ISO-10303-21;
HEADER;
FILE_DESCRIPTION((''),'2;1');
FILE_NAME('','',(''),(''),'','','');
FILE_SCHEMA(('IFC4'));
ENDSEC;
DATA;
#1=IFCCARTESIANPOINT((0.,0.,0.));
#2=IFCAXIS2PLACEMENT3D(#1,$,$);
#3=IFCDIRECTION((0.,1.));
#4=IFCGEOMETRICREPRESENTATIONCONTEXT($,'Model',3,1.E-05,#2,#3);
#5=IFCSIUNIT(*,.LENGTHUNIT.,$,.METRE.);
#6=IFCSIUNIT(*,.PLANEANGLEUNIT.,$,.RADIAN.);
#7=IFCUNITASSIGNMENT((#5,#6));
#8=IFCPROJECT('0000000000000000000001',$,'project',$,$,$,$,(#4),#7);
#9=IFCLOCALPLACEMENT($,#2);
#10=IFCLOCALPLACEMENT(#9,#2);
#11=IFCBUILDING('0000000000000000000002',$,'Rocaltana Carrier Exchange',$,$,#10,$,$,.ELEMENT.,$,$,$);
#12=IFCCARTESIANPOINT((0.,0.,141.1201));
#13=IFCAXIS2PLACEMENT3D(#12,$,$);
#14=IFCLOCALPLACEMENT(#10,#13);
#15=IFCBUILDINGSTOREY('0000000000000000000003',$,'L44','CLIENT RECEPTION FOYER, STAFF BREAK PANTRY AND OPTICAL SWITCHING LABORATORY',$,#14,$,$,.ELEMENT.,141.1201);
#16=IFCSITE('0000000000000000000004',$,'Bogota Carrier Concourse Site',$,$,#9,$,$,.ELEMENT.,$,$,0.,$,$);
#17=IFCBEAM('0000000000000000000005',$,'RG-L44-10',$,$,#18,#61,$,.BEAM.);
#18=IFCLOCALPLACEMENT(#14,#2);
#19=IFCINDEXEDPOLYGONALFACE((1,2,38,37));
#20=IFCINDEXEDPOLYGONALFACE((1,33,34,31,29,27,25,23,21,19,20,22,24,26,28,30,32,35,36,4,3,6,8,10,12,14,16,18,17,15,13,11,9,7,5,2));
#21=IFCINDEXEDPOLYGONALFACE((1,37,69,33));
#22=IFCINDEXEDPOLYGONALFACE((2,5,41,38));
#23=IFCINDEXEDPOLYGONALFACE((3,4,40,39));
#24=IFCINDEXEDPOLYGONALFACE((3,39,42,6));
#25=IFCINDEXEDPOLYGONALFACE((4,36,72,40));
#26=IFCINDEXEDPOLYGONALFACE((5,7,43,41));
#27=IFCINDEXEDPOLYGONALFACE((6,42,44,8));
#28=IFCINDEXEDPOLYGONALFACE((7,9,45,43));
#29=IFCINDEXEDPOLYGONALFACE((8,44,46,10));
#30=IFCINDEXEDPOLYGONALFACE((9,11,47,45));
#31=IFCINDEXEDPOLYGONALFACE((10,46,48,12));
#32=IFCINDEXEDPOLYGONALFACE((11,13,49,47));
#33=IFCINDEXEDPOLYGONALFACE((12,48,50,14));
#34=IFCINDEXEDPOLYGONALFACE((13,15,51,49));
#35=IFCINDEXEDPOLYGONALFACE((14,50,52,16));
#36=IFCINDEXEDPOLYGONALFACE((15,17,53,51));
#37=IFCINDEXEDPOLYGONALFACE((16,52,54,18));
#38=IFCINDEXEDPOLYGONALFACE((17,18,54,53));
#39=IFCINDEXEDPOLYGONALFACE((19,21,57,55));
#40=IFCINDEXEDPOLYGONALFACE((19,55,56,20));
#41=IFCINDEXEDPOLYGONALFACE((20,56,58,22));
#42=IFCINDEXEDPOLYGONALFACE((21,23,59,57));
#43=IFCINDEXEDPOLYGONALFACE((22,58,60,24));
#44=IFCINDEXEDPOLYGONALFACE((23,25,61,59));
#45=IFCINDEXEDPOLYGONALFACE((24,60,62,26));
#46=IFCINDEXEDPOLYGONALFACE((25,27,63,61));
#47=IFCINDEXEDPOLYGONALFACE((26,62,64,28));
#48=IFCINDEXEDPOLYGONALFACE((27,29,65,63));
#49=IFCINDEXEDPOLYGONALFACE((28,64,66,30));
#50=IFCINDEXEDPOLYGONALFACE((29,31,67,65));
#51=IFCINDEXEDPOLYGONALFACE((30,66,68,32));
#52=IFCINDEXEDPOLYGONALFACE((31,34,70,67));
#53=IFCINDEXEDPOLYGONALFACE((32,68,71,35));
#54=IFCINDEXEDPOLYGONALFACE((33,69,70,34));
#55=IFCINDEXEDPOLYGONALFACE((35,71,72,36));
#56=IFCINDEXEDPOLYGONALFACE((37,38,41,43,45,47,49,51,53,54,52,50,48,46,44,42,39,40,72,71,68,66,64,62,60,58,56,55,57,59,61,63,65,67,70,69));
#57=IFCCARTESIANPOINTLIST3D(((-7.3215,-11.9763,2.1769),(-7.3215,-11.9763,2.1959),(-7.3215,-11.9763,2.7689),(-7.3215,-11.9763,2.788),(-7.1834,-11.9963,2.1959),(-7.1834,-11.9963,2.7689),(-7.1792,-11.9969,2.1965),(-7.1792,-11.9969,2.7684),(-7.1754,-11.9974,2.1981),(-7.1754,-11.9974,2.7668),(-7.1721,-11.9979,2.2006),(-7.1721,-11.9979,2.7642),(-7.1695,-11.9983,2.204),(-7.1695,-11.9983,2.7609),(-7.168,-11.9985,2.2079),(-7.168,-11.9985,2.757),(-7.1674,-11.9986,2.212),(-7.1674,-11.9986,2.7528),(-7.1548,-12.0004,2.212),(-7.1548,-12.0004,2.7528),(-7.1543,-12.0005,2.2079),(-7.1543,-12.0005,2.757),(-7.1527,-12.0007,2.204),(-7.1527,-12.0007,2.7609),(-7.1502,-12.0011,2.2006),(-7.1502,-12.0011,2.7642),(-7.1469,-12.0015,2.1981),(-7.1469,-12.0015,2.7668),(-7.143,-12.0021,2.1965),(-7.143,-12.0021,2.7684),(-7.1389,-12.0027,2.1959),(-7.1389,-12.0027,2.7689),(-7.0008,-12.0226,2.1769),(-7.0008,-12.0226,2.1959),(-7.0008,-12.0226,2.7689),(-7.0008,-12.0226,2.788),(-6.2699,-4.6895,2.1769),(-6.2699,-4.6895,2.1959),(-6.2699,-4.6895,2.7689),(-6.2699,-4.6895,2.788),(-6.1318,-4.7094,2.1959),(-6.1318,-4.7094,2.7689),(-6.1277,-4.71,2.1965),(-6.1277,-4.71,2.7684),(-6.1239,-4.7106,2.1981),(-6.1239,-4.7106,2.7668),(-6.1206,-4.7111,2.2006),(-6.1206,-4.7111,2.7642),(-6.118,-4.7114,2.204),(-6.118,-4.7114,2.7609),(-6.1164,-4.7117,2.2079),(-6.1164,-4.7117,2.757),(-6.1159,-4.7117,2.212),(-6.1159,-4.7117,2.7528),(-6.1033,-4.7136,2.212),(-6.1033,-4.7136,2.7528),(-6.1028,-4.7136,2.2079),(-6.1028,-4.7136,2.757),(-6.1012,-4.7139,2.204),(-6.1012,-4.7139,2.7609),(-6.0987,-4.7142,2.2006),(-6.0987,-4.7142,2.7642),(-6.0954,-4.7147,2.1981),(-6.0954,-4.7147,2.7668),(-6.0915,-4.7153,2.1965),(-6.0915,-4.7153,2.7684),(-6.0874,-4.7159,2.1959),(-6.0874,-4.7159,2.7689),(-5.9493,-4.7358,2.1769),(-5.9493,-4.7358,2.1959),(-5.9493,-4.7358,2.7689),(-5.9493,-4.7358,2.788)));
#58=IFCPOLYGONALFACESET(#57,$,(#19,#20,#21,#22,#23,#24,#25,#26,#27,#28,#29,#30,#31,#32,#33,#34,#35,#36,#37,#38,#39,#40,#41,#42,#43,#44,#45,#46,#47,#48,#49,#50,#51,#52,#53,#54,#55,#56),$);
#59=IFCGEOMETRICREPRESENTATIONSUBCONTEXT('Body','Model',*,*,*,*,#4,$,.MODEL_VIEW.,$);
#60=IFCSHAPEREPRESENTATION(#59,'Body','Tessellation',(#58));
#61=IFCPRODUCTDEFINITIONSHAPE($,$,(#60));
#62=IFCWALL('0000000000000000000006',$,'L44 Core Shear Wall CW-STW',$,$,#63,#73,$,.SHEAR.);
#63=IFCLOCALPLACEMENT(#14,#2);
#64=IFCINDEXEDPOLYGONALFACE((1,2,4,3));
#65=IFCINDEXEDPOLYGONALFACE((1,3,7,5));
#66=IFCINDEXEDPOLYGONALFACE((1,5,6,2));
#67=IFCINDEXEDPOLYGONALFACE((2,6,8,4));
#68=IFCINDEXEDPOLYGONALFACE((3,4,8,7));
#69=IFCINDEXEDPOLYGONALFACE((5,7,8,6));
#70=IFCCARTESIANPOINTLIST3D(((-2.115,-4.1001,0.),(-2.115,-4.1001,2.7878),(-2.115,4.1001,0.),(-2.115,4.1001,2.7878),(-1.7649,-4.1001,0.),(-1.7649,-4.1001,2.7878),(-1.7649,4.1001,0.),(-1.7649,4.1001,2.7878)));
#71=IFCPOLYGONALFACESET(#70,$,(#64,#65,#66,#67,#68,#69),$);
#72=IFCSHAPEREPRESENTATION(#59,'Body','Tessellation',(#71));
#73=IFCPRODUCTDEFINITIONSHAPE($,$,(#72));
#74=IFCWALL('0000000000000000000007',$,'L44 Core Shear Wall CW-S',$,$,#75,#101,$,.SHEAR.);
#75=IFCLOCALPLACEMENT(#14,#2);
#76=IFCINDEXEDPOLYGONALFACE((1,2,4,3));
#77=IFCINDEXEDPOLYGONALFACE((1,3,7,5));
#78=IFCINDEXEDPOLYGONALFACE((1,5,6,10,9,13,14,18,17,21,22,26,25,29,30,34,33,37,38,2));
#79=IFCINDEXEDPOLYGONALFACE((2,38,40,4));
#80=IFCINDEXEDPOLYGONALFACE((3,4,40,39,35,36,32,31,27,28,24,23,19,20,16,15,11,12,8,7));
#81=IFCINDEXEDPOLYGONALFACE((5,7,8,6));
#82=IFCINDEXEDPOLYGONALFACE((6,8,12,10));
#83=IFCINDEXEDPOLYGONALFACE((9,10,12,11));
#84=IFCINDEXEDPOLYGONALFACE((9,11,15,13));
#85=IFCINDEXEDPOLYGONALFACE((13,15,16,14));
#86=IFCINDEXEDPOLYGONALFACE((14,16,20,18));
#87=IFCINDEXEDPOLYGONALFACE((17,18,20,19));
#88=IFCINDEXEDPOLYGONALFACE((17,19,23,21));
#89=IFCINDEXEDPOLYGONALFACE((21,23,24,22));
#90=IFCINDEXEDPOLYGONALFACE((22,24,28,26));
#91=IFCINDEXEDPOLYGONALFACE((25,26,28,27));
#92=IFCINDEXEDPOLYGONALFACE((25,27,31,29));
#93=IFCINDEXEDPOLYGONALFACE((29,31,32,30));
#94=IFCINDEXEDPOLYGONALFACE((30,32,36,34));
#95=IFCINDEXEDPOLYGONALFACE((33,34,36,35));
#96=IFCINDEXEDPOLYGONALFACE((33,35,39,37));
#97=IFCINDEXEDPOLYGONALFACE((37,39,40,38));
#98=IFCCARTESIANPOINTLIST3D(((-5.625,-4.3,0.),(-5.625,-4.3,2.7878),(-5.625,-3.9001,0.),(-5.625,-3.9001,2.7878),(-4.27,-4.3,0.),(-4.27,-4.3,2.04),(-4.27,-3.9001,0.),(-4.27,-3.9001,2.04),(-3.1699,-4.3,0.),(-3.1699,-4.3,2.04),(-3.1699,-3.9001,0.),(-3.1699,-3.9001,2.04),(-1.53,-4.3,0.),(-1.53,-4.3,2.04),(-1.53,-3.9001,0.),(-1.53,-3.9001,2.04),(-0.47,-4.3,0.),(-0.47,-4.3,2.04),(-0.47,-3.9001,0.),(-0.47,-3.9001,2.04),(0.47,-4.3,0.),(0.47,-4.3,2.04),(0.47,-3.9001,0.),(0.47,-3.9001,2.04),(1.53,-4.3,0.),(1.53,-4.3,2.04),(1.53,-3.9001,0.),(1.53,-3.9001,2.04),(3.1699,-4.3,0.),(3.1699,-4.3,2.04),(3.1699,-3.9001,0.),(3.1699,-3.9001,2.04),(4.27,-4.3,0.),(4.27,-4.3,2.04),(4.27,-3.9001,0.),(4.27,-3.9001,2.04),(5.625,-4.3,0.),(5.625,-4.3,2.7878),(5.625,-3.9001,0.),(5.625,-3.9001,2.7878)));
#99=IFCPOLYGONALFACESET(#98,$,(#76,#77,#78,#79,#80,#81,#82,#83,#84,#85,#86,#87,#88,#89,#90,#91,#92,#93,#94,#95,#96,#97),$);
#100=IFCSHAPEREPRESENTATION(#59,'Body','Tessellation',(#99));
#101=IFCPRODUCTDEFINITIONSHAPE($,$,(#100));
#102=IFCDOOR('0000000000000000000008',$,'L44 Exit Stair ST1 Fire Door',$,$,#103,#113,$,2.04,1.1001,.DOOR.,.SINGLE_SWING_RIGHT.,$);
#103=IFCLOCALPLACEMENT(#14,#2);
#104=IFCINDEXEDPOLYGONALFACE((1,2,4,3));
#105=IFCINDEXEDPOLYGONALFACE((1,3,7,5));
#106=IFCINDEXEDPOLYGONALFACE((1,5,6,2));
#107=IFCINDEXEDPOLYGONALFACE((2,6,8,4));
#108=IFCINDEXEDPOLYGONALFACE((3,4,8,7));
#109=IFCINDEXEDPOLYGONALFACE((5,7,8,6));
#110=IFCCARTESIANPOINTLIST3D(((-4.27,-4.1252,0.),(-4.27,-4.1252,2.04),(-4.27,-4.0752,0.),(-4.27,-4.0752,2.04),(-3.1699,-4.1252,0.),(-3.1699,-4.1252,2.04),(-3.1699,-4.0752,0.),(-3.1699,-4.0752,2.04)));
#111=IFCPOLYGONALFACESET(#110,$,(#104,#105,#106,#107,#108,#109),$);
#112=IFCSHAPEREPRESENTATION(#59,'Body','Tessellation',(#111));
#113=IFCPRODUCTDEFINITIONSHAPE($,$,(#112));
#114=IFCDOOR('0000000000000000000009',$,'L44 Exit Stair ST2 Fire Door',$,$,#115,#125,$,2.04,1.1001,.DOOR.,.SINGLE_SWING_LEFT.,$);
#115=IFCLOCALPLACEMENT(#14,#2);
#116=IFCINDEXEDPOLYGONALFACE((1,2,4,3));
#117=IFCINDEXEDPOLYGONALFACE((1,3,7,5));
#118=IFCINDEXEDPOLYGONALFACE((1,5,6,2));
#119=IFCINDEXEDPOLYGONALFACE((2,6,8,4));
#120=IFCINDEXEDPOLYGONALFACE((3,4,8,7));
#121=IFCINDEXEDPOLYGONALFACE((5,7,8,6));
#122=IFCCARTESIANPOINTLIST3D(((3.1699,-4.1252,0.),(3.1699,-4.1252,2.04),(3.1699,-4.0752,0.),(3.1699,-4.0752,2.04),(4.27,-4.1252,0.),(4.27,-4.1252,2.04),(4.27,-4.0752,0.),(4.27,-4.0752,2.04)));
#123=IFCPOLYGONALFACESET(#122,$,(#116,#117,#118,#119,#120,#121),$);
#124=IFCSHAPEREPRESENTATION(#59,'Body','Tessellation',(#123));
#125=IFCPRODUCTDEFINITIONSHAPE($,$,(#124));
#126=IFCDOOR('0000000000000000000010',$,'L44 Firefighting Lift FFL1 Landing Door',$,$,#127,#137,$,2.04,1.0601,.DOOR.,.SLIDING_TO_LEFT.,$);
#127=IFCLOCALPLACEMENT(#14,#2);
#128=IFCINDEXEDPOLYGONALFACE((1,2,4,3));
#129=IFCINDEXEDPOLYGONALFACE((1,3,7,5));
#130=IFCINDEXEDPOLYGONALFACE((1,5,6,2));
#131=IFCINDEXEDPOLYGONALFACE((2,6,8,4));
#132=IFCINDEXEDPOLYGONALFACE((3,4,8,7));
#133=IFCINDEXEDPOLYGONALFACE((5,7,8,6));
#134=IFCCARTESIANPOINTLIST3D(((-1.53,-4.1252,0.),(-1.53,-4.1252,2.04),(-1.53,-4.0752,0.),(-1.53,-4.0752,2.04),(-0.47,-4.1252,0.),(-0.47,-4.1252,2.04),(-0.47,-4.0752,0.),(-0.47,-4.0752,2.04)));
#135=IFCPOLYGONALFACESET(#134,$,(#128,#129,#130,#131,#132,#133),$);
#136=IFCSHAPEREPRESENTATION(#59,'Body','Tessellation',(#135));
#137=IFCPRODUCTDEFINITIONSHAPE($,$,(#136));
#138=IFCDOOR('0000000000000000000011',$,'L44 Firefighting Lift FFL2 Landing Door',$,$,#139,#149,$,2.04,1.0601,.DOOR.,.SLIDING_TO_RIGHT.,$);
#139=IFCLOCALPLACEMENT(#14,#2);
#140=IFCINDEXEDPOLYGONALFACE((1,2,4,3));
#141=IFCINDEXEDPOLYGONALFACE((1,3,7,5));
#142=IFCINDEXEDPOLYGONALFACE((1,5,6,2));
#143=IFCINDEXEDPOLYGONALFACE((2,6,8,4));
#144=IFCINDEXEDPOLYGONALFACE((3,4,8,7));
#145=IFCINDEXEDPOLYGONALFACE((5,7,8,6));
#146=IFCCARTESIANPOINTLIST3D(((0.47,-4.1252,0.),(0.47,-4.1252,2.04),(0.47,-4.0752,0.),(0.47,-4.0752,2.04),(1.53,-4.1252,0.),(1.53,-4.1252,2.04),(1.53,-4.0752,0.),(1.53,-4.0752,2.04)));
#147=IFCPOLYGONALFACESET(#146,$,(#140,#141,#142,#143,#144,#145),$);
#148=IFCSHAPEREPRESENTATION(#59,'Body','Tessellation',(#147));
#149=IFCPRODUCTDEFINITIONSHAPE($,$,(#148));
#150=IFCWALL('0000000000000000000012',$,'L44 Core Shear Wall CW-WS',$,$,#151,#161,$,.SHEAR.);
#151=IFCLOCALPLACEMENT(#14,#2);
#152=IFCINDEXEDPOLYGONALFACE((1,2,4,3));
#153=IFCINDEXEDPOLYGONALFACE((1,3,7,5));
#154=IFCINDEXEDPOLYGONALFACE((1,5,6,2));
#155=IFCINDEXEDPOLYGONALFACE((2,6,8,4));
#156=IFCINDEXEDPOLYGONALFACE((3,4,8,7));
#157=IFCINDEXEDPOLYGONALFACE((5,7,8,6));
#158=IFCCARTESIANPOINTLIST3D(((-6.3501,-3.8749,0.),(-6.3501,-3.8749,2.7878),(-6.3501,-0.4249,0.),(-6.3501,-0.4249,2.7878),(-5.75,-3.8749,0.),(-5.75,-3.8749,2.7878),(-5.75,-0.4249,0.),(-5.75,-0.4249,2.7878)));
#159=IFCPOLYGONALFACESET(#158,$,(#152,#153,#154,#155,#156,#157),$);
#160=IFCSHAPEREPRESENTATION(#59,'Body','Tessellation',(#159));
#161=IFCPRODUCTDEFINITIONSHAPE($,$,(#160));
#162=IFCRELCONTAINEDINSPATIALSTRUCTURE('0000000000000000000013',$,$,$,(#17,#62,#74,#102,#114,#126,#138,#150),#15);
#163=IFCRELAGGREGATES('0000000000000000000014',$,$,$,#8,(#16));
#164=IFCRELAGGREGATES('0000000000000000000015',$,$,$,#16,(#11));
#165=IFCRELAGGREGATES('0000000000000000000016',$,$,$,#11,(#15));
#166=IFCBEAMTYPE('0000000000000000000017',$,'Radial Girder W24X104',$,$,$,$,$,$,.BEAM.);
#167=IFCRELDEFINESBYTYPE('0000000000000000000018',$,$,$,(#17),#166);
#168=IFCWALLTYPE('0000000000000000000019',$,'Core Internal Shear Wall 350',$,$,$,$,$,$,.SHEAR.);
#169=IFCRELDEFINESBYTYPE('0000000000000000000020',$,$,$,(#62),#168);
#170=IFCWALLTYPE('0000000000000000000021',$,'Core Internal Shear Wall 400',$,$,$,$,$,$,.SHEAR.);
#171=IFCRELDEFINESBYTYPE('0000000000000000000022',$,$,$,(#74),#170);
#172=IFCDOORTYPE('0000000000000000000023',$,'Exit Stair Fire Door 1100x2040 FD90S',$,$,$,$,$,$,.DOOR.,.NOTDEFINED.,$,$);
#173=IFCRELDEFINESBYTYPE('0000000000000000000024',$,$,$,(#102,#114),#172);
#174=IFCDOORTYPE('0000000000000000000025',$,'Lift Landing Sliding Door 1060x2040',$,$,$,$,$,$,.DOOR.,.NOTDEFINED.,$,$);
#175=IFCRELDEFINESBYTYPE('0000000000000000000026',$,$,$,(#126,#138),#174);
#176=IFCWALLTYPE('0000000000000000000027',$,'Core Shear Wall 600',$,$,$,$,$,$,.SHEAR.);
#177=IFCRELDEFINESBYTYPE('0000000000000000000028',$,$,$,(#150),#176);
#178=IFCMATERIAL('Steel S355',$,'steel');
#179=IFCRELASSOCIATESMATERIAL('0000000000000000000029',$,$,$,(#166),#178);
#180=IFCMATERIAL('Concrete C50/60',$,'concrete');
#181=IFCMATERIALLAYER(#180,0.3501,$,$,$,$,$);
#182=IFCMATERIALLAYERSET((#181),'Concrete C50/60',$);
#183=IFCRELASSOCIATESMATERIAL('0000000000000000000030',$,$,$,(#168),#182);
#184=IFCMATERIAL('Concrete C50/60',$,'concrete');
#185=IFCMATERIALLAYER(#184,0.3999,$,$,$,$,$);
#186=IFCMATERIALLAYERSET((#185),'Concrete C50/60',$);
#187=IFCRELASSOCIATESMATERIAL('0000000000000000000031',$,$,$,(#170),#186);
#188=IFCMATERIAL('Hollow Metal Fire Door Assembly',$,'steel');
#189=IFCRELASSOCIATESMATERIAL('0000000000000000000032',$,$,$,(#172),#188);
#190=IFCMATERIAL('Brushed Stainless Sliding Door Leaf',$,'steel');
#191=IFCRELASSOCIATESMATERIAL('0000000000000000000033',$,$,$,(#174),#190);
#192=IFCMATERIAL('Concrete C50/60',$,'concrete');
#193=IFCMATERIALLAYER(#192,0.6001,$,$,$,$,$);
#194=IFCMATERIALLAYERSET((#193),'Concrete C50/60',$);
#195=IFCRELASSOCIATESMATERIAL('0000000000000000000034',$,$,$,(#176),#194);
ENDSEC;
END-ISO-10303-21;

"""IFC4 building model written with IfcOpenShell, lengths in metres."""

from ifc_helpers import new_model, si_unit, direction, frame, frame_2d, origin, origin_2d, place, context, subcontext, project, spatial, rectangle, i_section, extrude, material, layer, layer_set, material_profile, profile_set, type_object, element, fill, save


model = new_model("IFC4")

# Units and contexts
model_context = context("Model", 3, precision=1e-05, world=origin(), true_north=direction((0.0, 1.0)))
body_context = subcontext(model_context, "Body", "Model", "MODEL_VIEW")
ifc_project = project(units=[si_unit("LENGTHUNIT", "METRE"), si_unit("PLANEANGLEUNIT", "RADIAN")], contexts=[model_context])

# Site, building, storey
site_placement = place(None, origin())
site = spatial("IfcSite", under=ifc_project, at=site_placement, Name="Bogota Carrier Concourse Site", CompositionType="ELEMENT", RefElevation=0.0)
building_placement = place(site_placement, origin())
building = spatial("IfcBuilding", under=site, at=building_placement, Name="Rocaltana Carrier Exchange", CompositionType="ELEMENT")
storey_placement = place(building_placement, frame((0.0, 0.0, 141.1201)))
storey = spatial("IfcBuildingStorey", under=building, at=storey_placement, Name="L44", Description="CLIENT RECEPTION FOYER, STAFF BREAK PANTRY AND OPTICAL SWITCHING LABORATORY", CompositionType="ELEMENT", Elevation=141.1201)

# Beam
ifc_material_1 = material(Name="Steel S355", Category="steel")
ifc_material_profile_1 = material_profile(ifc_material_1, i_section(OverallWidth=0.324, OverallDepth=0.6111, WebThickness=0.0127, FlangeThickness=0.019, FilletRadius=0.0161, at=origin_2d()), Name="W24X104")
ifc_profile_set_1 = profile_set([ifc_material_profile_1], Name="Steel S355")
beam_type = type_object("IfcBeamType", Name="Radial Girder W24X104", PredefinedType="BEAM", material=ifc_profile_set_1)
beam_1_placement = place(storey_placement, frame((-6.1096, -4.7126, 2.4824), z_axis=(-0.142823, -0.989748, 0.0), x_axis=(0.989748, -0.142823, 0.0)))
element("IfcBeam", 1, at=beam_1_placement, inside=storey, type_object=beam_type, Name="RG-L44-10", PredefinedType="BEAM", context=body_context, shape_type="SweptSolid", body=[
    extrude(i_section(OverallWidth=0.324, OverallDepth=0.6111, WebThickness=0.0127, FlangeThickness=0.019, FilletRadius=0.0161, at=origin_2d()), origin(), (0.0, 0.0, 1.0), 7.3623),
])

# Wall
ifc_material_2 = material(Name="Concrete C50/60", Category="concrete")
ifc_layer_1 = layer(ifc_material_2, 0.3501)
ifc_layer_set_1 = layer_set([ifc_layer_1], Name="Concrete C50/60")
wall_type_1 = type_object("IfcWallType", Name="Core Internal Shear Wall 350", PredefinedType="SHEAR", material=ifc_layer_set_1)
wall_1_placement = place(storey_placement, frame((-1.9399, -4.1001, 0.0), z_axis=(0.0, 0.0, 1.0), x_axis=(0.0, 1.0, 0.0)))
element("IfcWall", 2, at=wall_1_placement, inside=storey, type_object=wall_type_1, Name="L44 Core Shear Wall CW-STW", PredefinedType="SHEAR", context=body_context, shape_type="SweptSolid", body=[
    extrude(rectangle(XDim=8.2002, YDim=0.3501, at=frame_2d((4.1001, 0.0))), origin(), (0.0, 0.0, 1.0), 2.7878),
])

# Wall, openings, doors
ifc_material_3 = material(Name="Concrete C50/60", Category="concrete")
ifc_layer_2 = layer(ifc_material_3, 0.3999)
ifc_layer_set_2 = layer_set([ifc_layer_2], Name="Concrete C50/60")
wall_type_2 = type_object("IfcWallType", Name="Core Internal Shear Wall 400", PredefinedType="SHEAR", material=ifc_layer_set_2)
wall_2_placement = place(storey_placement, frame((-5.625, -4.1001, 0.0), z_axis=(0.0, 0.0, 1.0), x_axis=(1.0, 0.0, 0.0)))
wall_2 = element("IfcWall", 3, at=wall_2_placement, inside=storey, type_object=wall_type_2, Name="L44 Core Shear Wall CW-S", PredefinedType="SHEAR", context=body_context, shape_type="SweptSolid", body=[
    extrude(rectangle(XDim=11.25, YDim=0.3999, at=frame_2d((5.625, 0.0))), origin(), (0.0, 0.0, 1.0), 2.7878),
])
opening_1_placement = place(wall_2_placement, frame((1.355, 0.0, 0.0)))
opening_1 = element("IfcOpeningElement", 4, at=opening_1_placement, cuts=wall_2, PredefinedType="OPENING", context=body_context, shape_type="SweptSolid", body=[
    extrude(rectangle(XDim=1.1001, YDim=2.04, at=frame_2d((0.55, 1.02))), frame((0.0, 0.21, 0.0), z_axis=(0.0, -1.0, 0.0), x_axis=(1.0, 0.0, 0.0)), (0.0, 0.0, 1.0), 0.4199),
])
opening_2_placement = place(wall_2_placement, frame((8.7949, 0.0, 0.0)))
opening_2 = element("IfcOpeningElement", 5, at=opening_2_placement, cuts=wall_2, PredefinedType="OPENING", context=body_context, shape_type="SweptSolid", body=[
    extrude(rectangle(XDim=1.1001, YDim=2.04, at=frame_2d((0.55, 1.02))), frame((0.0, 0.21, 0.0), z_axis=(0.0, -1.0, 0.0), x_axis=(1.0, 0.0, 0.0)), (0.0, 0.0, 1.0), 0.4199),
])
opening_3_placement = place(wall_2_placement, frame((4.095, 0.0, 0.0)))
opening_3 = element("IfcOpeningElement", 6, at=opening_3_placement, cuts=wall_2, PredefinedType="OPENING", context=body_context, shape_type="SweptSolid", body=[
    extrude(rectangle(XDim=1.0601, YDim=2.04, at=frame_2d((0.53, 1.02))), frame((0.0, 0.21, 0.0), z_axis=(0.0, -1.0, 0.0), x_axis=(1.0, 0.0, 0.0)), (0.0, 0.0, 1.0), 0.4199),
])
opening_4_placement = place(wall_2_placement, frame((6.095, 0.0, 0.0)))
opening_4 = element("IfcOpeningElement", 7, at=opening_4_placement, cuts=wall_2, PredefinedType="OPENING", context=body_context, shape_type="SweptSolid", body=[
    extrude(rectangle(XDim=1.0601, YDim=2.04, at=frame_2d((0.53, 1.02))), frame((0.0, 0.21, 0.0), z_axis=(0.0, -1.0, 0.0), x_axis=(1.0, 0.0, 0.0)), (0.0, 0.0, 1.0), 0.4199),
])
ifc_material_4 = material(Name="Hollow Metal Fire Door Assembly", Category="steel")
door_type_1 = type_object("IfcDoorType", Name="Exit Stair Fire Door 1100x2040 FD90S", OperationType="NOTDEFINED", PredefinedType="DOOR", material=ifc_material_4)
door_1_placement = place(opening_1_placement, origin())
door_1 = element("IfcDoor", 8, at=door_1_placement, inside=storey, type_object=door_type_1, Name="L44 Exit Stair ST1 Fire Door", OperationType="SINGLE_SWING_RIGHT", OverallHeight=2.04, OverallWidth=1.1001, PredefinedType="DOOR", context=body_context, shape_type="SweptSolid", body=[
    extrude(rectangle(XDim=1.1001, YDim=2.04, at=frame_2d((0.55, 1.02))), frame((0.0, 0.0249, 0.0), z_axis=(0.0, -1.0, 0.0), x_axis=(1.0, 0.0, 0.0)), (0.0, 0.0, 1.0), 0.05),
])
fill(opening_1, door_1)
door_2_placement = place(opening_2_placement, origin())
door_2 = element("IfcDoor", 9, at=door_2_placement, inside=storey, type_object=door_type_1, Name="L44 Exit Stair ST2 Fire Door", OperationType="SINGLE_SWING_LEFT", OverallHeight=2.04, OverallWidth=1.1001, PredefinedType="DOOR", context=body_context, shape_type="SweptSolid", body=[
    extrude(rectangle(XDim=1.1001, YDim=2.04, at=frame_2d((0.55, 1.02))), frame((0.0, 0.0249, 0.0), z_axis=(0.0, -1.0, 0.0), x_axis=(1.0, 0.0, 0.0)), (0.0, 0.0, 1.0), 0.05),
])
fill(opening_2, door_2)
ifc_material_5 = material(Name="Brushed Stainless Sliding Door Leaf", Category="steel")
door_type_2 = type_object("IfcDoorType", Name="Lift Landing Sliding Door 1060x2040", OperationType="NOTDEFINED", PredefinedType="DOOR", material=ifc_material_5)
door_3_placement = place(opening_3_placement, origin())
door_3 = element("IfcDoor", 10, at=door_3_placement, inside=storey, type_object=door_type_2, Name="L44 Firefighting Lift FFL1 Landing Door", OperationType="SLIDING_TO_LEFT", OverallHeight=2.04, OverallWidth=1.0601, PredefinedType="DOOR", context=body_context, shape_type="SweptSolid", body=[
    extrude(rectangle(XDim=1.0601, YDim=2.04, at=frame_2d((0.53, 1.02))), frame((0.0, 0.0249, 0.0), z_axis=(0.0, -1.0, 0.0), x_axis=(1.0, 0.0, 0.0)), (0.0, 0.0, 1.0), 0.05),
])
fill(opening_3, door_3)
door_4_placement = place(opening_4_placement, origin())
door_4 = element("IfcDoor", 11, at=door_4_placement, inside=storey, type_object=door_type_2, Name="L44 Firefighting Lift FFL2 Landing Door", OperationType="SLIDING_TO_RIGHT", OverallHeight=2.04, OverallWidth=1.0601, PredefinedType="DOOR", context=body_context, shape_type="SweptSolid", body=[
    extrude(rectangle(XDim=1.0601, YDim=2.04, at=frame_2d((0.53, 1.02))), frame((0.0, 0.0249, 0.0), z_axis=(0.0, -1.0, 0.0), x_axis=(1.0, 0.0, 0.0)), (0.0, 0.0, 1.0), 0.05),
])
fill(opening_4, door_4)

# Wall
ifc_material_6 = material(Name="Concrete C50/60", Category="concrete")
ifc_layer_3 = layer(ifc_material_6, 0.6001)
ifc_layer_set_3 = layer_set([ifc_layer_3], Name="Concrete C50/60")
wall_type_3 = type_object("IfcWallType", Name="Core Shear Wall 600", PredefinedType="SHEAR", material=ifc_layer_set_3)
wall_3_placement = place(storey_placement, frame((-6.05, -3.875, 0.0), z_axis=(0.0, 0.0, 1.0), x_axis=(0.0, 1.0, 0.0)))
element("IfcWall", 12, at=wall_3_placement, inside=storey, type_object=wall_type_3, Name="L44 Core Shear Wall CW-WS", PredefinedType="SHEAR", context=body_context, shape_type="SweptSolid", body=[
    extrude(rectangle(XDim=3.45, YDim=0.6001, at=frame_2d((1.7251, 0.0))), origin(), (0.0, 0.0, 1.0), 2.7878),
])

save(model, "model.ifc")
